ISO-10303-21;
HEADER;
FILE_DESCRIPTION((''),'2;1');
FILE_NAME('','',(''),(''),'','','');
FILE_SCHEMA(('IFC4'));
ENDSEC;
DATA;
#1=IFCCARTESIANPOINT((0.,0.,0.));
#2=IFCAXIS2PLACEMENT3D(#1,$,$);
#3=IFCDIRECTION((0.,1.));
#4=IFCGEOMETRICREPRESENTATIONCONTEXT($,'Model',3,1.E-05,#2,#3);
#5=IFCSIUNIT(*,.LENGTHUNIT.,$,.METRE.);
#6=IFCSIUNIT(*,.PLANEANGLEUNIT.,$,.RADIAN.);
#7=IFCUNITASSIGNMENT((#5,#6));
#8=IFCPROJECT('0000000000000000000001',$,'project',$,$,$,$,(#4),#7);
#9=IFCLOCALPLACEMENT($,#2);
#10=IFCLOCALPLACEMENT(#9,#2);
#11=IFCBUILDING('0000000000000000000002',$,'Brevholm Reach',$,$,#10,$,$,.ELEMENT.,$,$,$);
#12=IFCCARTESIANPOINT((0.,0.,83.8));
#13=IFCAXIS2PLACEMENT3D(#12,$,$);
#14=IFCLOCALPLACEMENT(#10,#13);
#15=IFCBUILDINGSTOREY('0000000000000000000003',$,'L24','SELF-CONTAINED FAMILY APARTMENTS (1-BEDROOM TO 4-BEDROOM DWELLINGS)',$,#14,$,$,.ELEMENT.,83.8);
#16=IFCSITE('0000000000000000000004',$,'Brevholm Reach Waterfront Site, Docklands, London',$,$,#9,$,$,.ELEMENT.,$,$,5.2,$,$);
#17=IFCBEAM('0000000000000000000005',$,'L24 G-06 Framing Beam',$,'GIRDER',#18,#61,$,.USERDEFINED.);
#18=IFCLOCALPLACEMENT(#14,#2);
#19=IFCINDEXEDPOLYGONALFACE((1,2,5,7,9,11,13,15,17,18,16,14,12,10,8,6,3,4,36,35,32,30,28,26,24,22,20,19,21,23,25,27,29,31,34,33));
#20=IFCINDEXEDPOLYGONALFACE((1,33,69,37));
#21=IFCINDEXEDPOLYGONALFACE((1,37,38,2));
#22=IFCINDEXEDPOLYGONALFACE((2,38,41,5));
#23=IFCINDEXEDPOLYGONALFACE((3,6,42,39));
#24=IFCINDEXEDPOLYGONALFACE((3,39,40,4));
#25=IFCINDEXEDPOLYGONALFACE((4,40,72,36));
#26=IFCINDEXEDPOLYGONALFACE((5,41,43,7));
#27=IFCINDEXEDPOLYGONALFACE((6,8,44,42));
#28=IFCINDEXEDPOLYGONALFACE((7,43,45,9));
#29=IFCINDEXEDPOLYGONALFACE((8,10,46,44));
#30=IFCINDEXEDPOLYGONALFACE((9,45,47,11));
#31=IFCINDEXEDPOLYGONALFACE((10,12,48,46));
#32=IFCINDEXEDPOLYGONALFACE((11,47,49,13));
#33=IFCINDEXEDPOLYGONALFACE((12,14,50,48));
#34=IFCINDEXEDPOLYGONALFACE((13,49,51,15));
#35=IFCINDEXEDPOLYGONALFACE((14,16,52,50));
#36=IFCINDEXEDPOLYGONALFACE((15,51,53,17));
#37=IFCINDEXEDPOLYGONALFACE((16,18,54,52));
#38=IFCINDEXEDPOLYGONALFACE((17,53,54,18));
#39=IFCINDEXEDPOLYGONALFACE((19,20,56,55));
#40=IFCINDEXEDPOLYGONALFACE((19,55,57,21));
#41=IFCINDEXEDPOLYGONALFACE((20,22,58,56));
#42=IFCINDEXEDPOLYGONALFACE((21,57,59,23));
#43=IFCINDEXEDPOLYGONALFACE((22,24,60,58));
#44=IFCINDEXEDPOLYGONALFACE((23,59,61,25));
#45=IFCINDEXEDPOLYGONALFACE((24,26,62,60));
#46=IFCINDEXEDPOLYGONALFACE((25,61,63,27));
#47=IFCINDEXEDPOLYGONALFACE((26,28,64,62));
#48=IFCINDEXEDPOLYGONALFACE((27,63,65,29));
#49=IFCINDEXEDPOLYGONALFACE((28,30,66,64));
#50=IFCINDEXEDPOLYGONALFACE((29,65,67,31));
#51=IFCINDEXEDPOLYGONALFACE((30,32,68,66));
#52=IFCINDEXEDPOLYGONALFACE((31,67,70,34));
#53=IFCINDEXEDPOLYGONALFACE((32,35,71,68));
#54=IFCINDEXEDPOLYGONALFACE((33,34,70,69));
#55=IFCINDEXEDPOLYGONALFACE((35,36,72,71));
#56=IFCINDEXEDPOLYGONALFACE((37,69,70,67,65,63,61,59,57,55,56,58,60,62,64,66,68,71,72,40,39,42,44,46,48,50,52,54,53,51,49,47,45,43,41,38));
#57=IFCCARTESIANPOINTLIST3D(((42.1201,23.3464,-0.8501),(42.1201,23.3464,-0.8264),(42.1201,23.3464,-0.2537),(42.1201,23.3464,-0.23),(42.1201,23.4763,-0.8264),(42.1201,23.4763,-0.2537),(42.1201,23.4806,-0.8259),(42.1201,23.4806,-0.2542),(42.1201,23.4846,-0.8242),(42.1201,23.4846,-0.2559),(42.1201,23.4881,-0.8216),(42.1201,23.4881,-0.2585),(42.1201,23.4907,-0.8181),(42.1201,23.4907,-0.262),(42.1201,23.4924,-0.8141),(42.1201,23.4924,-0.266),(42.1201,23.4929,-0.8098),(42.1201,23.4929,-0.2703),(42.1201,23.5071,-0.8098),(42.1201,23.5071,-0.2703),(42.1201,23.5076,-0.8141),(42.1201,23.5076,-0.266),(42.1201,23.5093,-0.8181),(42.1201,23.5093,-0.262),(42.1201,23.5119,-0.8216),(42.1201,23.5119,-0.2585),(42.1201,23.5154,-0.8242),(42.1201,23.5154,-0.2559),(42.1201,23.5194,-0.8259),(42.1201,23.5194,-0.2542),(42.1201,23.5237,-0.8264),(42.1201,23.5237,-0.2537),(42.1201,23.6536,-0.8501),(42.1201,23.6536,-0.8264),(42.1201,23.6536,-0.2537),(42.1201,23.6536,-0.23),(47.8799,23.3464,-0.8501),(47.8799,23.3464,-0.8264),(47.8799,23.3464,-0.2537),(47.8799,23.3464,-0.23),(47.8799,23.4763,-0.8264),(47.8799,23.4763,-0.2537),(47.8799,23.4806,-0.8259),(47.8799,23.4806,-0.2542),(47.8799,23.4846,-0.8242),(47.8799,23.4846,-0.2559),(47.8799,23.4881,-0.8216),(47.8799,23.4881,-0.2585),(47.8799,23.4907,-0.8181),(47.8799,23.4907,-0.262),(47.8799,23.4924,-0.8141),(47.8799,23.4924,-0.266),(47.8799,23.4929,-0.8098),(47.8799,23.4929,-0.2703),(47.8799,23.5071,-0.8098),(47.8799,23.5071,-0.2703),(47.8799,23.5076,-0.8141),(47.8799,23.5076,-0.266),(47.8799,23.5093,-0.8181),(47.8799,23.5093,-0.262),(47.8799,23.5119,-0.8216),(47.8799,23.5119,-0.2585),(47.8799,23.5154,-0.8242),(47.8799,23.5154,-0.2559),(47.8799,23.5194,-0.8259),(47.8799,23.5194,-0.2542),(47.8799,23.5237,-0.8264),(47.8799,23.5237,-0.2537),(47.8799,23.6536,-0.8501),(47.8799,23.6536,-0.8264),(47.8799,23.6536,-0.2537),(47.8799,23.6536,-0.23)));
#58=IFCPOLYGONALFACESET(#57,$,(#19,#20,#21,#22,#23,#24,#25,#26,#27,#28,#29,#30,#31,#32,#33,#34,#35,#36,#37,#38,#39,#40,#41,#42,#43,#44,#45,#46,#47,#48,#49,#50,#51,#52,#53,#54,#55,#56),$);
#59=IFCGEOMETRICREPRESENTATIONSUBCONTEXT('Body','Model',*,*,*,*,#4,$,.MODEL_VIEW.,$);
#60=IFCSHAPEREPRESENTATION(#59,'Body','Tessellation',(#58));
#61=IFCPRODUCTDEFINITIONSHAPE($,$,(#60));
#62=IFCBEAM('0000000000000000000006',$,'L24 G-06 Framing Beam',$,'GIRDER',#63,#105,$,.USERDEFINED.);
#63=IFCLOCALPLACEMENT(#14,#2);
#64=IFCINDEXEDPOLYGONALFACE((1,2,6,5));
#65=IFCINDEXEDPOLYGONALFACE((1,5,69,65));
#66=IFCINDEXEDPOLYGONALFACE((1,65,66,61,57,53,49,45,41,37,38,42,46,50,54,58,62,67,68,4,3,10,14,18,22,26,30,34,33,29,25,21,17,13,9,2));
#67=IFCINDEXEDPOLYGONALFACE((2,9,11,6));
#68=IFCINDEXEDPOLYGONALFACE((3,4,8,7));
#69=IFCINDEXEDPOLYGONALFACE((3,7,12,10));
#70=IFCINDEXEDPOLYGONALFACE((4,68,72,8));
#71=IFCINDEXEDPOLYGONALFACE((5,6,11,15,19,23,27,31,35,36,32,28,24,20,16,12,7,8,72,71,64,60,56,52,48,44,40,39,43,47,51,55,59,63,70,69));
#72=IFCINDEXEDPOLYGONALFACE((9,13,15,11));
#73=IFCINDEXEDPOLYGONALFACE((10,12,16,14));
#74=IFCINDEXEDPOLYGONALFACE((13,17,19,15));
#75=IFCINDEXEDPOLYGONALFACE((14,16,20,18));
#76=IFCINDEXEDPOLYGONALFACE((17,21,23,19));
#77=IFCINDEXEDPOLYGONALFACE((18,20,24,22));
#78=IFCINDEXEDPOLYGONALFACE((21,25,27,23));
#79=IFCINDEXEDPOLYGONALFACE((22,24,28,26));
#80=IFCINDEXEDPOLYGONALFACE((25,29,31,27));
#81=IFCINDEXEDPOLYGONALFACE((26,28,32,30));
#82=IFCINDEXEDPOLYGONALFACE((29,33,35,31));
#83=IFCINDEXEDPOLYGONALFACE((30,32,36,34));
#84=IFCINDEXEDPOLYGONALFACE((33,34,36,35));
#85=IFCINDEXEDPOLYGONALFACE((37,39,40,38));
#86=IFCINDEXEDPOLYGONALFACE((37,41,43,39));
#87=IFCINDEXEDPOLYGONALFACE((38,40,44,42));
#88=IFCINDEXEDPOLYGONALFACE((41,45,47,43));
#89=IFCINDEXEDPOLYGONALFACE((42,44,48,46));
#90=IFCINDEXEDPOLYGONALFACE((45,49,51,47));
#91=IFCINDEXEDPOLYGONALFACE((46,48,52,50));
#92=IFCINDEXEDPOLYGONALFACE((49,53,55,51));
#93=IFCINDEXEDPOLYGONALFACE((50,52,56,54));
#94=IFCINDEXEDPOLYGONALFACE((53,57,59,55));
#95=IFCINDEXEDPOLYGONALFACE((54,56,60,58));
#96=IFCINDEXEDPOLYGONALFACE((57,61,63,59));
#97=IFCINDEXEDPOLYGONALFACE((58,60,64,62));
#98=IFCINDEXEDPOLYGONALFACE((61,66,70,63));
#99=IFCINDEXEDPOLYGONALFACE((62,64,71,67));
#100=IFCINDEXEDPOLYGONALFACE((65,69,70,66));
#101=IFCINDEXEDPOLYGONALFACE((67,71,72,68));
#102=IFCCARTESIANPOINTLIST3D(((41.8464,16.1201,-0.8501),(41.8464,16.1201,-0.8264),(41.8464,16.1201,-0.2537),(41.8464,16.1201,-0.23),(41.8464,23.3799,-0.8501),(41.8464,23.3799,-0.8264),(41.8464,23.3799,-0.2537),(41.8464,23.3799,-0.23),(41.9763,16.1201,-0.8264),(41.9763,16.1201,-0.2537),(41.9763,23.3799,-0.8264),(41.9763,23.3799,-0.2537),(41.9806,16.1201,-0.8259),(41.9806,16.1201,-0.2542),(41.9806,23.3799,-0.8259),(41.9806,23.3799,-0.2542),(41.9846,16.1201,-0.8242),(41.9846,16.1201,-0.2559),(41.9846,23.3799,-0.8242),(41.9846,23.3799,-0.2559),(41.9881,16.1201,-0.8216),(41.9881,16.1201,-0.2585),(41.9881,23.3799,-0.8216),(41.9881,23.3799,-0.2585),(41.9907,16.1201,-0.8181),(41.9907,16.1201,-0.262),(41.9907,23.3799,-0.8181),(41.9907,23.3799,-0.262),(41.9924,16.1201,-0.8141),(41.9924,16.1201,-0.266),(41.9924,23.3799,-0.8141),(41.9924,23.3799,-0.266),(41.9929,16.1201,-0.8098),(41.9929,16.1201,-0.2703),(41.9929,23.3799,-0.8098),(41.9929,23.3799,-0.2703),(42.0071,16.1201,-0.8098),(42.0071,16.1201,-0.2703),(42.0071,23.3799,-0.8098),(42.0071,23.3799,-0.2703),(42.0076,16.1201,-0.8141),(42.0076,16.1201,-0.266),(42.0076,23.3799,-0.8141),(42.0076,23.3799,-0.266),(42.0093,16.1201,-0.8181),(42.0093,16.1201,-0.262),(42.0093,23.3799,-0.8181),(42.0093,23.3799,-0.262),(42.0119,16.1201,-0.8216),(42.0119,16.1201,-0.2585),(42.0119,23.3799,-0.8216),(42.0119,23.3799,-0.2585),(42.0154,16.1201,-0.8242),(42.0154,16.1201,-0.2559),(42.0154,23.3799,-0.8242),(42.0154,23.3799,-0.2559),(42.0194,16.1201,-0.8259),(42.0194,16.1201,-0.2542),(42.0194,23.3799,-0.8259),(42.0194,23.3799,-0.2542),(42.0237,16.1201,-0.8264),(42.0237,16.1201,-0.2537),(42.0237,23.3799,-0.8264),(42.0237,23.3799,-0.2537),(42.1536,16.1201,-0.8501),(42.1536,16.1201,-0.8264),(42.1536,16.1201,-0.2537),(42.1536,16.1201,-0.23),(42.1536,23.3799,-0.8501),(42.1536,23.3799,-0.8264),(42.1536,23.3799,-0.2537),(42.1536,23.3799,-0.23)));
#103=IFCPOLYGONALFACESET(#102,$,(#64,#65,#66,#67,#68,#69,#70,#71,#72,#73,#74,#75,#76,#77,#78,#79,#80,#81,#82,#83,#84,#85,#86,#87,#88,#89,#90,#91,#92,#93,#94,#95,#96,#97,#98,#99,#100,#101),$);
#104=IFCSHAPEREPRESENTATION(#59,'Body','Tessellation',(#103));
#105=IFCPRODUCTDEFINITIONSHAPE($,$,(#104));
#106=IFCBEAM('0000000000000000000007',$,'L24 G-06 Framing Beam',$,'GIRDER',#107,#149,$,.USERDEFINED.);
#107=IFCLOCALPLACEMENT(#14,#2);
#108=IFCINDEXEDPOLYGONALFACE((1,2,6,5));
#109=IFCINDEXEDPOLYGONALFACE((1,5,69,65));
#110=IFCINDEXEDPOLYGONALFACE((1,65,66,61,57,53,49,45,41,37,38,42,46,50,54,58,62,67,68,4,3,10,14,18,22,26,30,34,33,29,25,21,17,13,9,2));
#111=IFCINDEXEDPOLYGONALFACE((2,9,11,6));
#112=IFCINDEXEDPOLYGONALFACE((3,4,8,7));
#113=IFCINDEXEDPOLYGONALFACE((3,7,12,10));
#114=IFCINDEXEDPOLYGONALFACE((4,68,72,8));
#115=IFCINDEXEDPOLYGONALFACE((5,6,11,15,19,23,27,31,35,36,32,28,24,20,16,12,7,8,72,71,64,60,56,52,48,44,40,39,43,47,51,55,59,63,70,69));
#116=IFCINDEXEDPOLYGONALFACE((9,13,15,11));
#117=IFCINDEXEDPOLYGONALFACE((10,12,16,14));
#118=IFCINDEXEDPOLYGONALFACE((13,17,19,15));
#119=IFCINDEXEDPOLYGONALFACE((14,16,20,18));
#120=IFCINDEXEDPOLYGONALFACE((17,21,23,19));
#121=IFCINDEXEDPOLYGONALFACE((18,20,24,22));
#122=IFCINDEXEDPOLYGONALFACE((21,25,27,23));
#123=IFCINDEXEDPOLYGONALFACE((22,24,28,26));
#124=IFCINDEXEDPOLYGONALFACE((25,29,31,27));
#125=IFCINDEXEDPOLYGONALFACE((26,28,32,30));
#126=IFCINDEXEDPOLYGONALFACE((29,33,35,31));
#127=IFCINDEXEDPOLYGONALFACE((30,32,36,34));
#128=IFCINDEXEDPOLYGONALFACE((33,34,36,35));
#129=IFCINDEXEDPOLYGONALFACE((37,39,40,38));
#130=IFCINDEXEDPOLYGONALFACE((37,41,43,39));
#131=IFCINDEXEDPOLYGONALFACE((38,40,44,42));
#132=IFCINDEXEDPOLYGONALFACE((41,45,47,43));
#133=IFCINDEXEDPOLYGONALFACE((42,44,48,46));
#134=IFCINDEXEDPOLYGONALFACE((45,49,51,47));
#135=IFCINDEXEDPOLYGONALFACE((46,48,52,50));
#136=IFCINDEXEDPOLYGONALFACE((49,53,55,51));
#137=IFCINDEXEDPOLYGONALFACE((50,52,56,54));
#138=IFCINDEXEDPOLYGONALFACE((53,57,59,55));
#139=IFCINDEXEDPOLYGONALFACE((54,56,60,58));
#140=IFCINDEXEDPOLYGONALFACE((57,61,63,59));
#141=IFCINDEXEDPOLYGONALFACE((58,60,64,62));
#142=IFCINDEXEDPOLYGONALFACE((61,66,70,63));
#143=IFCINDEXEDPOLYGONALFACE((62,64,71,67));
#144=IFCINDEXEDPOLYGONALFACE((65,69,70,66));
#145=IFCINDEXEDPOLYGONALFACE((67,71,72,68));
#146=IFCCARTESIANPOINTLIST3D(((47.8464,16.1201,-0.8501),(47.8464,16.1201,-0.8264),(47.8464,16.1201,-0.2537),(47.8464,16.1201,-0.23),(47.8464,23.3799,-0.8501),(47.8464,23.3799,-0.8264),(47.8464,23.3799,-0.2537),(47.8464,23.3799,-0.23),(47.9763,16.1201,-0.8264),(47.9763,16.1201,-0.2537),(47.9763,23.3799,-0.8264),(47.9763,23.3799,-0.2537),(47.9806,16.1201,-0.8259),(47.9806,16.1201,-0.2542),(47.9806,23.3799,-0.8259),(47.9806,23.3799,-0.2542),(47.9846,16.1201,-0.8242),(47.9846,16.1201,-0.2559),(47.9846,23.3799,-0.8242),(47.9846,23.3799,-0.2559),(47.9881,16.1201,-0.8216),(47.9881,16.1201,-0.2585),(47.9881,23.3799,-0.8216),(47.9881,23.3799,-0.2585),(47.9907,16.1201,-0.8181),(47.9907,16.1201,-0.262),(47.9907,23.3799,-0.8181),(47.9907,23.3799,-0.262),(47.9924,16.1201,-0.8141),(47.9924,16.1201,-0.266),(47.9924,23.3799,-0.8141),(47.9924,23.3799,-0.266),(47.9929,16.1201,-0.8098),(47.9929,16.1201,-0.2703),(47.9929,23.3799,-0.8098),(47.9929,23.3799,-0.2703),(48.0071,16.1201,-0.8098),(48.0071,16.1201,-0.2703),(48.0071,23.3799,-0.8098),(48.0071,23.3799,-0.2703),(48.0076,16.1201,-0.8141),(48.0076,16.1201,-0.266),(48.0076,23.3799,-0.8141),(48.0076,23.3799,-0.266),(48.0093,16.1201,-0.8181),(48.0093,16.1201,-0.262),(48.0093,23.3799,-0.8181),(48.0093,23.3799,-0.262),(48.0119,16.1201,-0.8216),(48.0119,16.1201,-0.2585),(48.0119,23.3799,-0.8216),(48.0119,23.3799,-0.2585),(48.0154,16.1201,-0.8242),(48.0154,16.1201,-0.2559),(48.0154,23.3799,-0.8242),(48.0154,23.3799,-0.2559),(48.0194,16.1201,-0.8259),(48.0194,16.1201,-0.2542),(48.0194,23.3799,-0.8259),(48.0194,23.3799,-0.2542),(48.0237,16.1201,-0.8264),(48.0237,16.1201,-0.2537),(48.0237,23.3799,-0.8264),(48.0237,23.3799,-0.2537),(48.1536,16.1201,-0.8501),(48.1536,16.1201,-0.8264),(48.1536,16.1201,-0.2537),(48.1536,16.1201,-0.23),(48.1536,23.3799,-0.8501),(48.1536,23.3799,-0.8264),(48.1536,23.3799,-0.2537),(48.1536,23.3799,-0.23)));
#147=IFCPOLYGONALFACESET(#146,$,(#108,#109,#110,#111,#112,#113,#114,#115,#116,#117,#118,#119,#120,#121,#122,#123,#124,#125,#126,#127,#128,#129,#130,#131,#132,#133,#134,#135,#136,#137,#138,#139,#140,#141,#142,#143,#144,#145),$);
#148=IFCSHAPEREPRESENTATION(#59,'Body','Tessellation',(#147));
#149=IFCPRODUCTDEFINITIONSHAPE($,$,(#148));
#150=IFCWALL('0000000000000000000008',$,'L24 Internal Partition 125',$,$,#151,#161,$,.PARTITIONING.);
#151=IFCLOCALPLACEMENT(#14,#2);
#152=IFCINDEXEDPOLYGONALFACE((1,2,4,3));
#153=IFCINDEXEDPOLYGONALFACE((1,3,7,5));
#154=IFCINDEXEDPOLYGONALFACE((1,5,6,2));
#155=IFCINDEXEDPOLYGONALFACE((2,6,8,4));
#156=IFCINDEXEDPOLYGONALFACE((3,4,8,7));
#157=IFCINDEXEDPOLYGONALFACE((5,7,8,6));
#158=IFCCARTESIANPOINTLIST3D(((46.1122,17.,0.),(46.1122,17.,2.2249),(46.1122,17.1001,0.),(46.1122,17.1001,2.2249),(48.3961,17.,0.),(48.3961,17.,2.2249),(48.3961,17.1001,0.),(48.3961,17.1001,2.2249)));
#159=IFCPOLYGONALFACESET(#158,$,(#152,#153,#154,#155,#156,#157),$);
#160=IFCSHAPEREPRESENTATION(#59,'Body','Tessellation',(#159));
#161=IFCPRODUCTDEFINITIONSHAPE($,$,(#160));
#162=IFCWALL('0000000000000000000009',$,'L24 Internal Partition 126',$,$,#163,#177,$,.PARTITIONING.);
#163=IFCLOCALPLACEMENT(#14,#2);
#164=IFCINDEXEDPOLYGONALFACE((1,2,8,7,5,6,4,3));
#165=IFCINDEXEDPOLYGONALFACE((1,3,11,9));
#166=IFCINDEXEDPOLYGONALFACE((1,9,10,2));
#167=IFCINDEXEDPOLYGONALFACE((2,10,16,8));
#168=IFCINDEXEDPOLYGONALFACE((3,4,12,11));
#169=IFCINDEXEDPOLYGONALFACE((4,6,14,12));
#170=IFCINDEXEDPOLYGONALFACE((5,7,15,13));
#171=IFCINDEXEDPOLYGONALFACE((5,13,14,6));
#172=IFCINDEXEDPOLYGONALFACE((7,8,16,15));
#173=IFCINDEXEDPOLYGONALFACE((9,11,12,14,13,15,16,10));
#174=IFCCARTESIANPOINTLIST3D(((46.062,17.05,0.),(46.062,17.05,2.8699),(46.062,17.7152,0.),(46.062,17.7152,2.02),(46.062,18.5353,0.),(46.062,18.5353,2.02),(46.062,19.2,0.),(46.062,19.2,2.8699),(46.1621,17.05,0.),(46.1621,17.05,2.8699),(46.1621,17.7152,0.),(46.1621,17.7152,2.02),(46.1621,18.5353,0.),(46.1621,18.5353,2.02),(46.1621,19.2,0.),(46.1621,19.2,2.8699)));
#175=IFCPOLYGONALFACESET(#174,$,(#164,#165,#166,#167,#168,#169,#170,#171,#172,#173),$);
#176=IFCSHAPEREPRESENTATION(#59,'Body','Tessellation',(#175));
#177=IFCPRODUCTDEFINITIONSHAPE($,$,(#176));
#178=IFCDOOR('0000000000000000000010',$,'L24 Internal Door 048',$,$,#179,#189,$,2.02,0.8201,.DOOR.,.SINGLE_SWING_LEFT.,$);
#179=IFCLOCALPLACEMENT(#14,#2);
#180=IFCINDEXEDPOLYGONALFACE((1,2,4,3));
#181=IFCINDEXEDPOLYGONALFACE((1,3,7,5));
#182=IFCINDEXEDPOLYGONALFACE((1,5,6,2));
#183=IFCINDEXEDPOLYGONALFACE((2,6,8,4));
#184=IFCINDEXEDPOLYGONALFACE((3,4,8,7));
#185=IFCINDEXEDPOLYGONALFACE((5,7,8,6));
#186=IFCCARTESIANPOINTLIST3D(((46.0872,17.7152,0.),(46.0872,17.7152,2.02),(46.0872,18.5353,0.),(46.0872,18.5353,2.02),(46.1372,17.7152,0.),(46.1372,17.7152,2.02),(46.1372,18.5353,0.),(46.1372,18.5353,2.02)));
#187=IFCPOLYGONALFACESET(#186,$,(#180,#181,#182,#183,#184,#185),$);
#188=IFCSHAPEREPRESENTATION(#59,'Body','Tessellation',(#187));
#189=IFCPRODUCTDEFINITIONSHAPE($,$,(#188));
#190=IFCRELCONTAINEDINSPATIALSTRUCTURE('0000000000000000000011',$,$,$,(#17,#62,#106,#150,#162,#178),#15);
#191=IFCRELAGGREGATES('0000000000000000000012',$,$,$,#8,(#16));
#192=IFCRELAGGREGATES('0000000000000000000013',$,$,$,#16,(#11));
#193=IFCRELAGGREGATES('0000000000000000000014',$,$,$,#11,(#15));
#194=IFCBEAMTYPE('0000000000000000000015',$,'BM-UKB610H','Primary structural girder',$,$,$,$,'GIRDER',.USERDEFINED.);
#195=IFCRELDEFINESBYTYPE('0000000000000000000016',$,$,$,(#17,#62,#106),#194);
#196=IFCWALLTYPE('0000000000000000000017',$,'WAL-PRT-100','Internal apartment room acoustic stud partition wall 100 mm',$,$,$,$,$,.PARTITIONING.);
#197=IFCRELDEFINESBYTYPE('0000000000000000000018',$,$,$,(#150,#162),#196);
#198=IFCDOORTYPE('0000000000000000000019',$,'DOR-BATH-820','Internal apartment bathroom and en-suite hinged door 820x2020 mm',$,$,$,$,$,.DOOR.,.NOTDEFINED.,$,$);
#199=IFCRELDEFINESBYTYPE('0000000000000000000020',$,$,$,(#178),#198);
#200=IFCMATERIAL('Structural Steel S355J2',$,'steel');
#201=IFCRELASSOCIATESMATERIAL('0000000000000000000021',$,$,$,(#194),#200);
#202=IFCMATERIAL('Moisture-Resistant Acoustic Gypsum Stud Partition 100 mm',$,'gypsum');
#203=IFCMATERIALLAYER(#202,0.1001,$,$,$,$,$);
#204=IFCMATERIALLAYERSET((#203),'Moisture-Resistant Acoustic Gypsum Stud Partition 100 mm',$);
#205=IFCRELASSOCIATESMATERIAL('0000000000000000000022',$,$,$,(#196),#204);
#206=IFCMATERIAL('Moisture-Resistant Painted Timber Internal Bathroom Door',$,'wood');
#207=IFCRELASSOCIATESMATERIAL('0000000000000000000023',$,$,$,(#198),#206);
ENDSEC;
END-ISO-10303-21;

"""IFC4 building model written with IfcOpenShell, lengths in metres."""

from ifc_helpers import new_model, si_unit, direction, frame, frame_2d, origin, origin_2d, place, context, subcontext, project, spatial, rectangle, i_section, extrude, material, layer, layer_set, material_profile, profile_set, type_object, element, fill, save


model = new_model("IFC4")

# Units and contexts
model_context = context("Model", 3, precision=1e-05, world=origin(), true_north=direction((0.0, 1.0)))
body_context = subcontext(model_context, "Body", "Model", "MODEL_VIEW")
ifc_project = project(units=[si_unit("LENGTHUNIT", "METRE"), si_unit("PLANEANGLEUNIT", "RADIAN")], contexts=[model_context])

# Site, building, storey
site_placement = place(None, origin())
site = spatial("IfcSite", under=ifc_project, at=site_placement, Name="Brevholm Reach Waterfront Site, Docklands, London", CompositionType="ELEMENT", RefElevation=5.2)
building_placement = place(site_placement, origin())
building = spatial("IfcBuilding", under=site, at=building_placement, Name="Brevholm Reach", CompositionType="ELEMENT")
storey_placement = place(building_placement, frame((0.0, 0.0, 83.8)))
storey = spatial("IfcBuildingStorey", under=building, at=storey_placement, Name="L24", Description="SELF-CONTAINED FAMILY APARTMENTS (1-BEDROOM TO 4-BEDROOM DWELLINGS)", CompositionType="ELEMENT", Elevation=83.8)

# Beams
ifc_material_1 = material(Name="Structural Steel S355J2", Category="steel")
ifc_material_profile_1 = material_profile(ifc_material_1, i_section(OverallWidth=0.3071, OverallDepth=0.6201, WebThickness=0.0142, FlangeThickness=0.0237, FilletRadius=0.0166, at=origin_2d()), Name="UKB 610x305x179")
ifc_profile_set_1 = profile_set([ifc_material_profile_1], Name="Structural Steel S355J2")
beam_type_1 = type_object("IfcBeamType", Name="BM-UKB610H", Description="Primary structural girder", ElementType="GIRDER", PredefinedType="USERDEFINED", material=ifc_profile_set_1)
beam_placement = place(storey_placement, frame((42.1201, 23.5, -0.54), z_axis=(1.0, 0.0, 0.0), x_axis=(0.0, 1.0, 0.0)))
element("IfcBeam", 1, at=beam_placement, inside=storey, type_object=beam_type_1, Name="L24 G-06 Framing Beam", ObjectType="GIRDER", PredefinedType="USERDEFINED", context=body_context, shape_type="SweptSolid", body=[
    extrude(i_section(OverallWidth=0.3071, OverallDepth=0.6201, WebThickness=0.0142, FlangeThickness=0.0237, FilletRadius=0.0166, at=origin_2d()), origin(), (0.0, 0.0, 1.0), 5.7598),
])
for number, where, z_axis, x_axis, name in (
    (2, (42.0, 16.1201, -0.54), (0.0, 1.0, 0.0), (-1.0, 0.0, 0.0), "L24 G-06 Framing Beam"),
    (3, (48.0, 16.1201, -0.54), (0.0, 1.0, 0.0), (-1.0, 0.0, 0.0), "L24 G-06 Framing Beam"),
):
    element("IfcBeam", number, at=place(storey_placement, frame(where, z_axis=z_axis, x_axis=x_axis)), inside=storey, type_object=beam_type_1, Name=name, ObjectType="GIRDER", PredefinedType="USERDEFINED", context=body_context, shape_type="SweptSolid", body=[
        extrude(i_section(OverallWidth=0.3071, OverallDepth=0.6201, WebThickness=0.0142, FlangeThickness=0.0237, FilletRadius=0.0166, at=origin_2d()), origin(), (0.0, 0.0, 1.0), 7.2598),
    ])

# Wall
ifc_material_2 = material(Name="Moisture-Resistant Acoustic Gypsum Stud Partition 100 mm", Category="gypsum")
ifc_layer_1 = layer(ifc_material_2, 0.1001)
ifc_layer_set_1 = layer_set([ifc_layer_1], Name="Moisture-Resistant Acoustic Gypsum Stud Partition 100 mm")
wall_type_1 = type_object("IfcWallType", Name="WAL-PRT-100", Description="Internal apartment room acoustic stud partition wall 100 mm", PredefinedType="PARTITIONING", material=ifc_layer_set_1)
wall_1_placement = place(storey_placement, frame((46.1121, 17.05, 0.0), z_axis=(0.0, 0.0, 1.0), x_axis=(1.0, 0.0, 0.0)))
element("IfcWall", 4, at=wall_1_placement, inside=storey, type_object=wall_type_1, Name="L24 Internal Partition 125", PredefinedType="PARTITIONING", context=body_context, shape_type="SweptSolid", body=[
    extrude(rectangle(XDim=2.2839, YDim=0.1001, at=frame_2d((1.1421, 0.0))), origin(), (0.0, 0.0, 1.0), 2.2249),
])

# Wall, opening, door
wall_2_placement = place(storey_placement, frame((46.1121, 17.05, 0.0), z_axis=(0.0, 0.0, 1.0), x_axis=(0.0, 1.0, 0.0)))
wall_2 = element("IfcWall", 5, at=wall_2_placement, inside=storey, type_object=wall_type_1, Name="L24 Internal Partition 126", PredefinedType="PARTITIONING", context=body_context, shape_type="SweptSolid", body=[
    extrude(rectangle(XDim=2.1499, YDim=0.1001, at=frame_2d((1.075, 0.0))), origin(), (0.0, 0.0, 1.0), 2.8699),
])
opening_1_placement = place(wall_2_placement, frame((0.665, 0.0, 0.0)))
opening_1 = element("IfcOpeningElement", 6, at=opening_1_placement, cuts=wall_2, PredefinedType="OPENING", context=body_context, shape_type="SweptSolid", body=[
    extrude(rectangle(XDim=0.8201, YDim=2.02, at=frame_2d((0.4102, 1.01))), frame((0.0, 0.0601, 0.0), z_axis=(0.0, -1.0, 0.0), x_axis=(1.0, 0.0, 0.0)), (0.0, 0.0, 1.0), 0.1201),
])
ifc_material_3 = material(Name="Moisture-Resistant Painted Timber Internal Bathroom Door", Category="wood")
door_type_1 = type_object("IfcDoorType", Name="DOR-BATH-820", Description="Internal apartment bathroom and en-suite hinged door 820x2020 mm", OperationType="NOTDEFINED", PredefinedType="DOOR", material=ifc_material_3)
door_1_placement = place(opening_1_placement, origin())
door_1 = element("IfcDoor", 7, at=door_1_placement, inside=storey, type_object=door_type_1, Name="L24 Internal Door 048", OperationType="SINGLE_SWING_LEFT", OverallHeight=2.02, OverallWidth=0.8201, PredefinedType="DOOR", context=body_context, shape_type="SweptSolid", body=[
    extrude(rectangle(XDim=0.8201, YDim=2.02, at=frame_2d((0.4102, 1.01))), frame((0.0, 0.0249, 0.0), z_axis=(0.0, -1.0, 0.0), x_axis=(1.0, 0.0, 0.0)), (0.0, 0.0, 1.0), 0.05),
])
fill(opening_1, door_1)

save(model, "model.ifc")
